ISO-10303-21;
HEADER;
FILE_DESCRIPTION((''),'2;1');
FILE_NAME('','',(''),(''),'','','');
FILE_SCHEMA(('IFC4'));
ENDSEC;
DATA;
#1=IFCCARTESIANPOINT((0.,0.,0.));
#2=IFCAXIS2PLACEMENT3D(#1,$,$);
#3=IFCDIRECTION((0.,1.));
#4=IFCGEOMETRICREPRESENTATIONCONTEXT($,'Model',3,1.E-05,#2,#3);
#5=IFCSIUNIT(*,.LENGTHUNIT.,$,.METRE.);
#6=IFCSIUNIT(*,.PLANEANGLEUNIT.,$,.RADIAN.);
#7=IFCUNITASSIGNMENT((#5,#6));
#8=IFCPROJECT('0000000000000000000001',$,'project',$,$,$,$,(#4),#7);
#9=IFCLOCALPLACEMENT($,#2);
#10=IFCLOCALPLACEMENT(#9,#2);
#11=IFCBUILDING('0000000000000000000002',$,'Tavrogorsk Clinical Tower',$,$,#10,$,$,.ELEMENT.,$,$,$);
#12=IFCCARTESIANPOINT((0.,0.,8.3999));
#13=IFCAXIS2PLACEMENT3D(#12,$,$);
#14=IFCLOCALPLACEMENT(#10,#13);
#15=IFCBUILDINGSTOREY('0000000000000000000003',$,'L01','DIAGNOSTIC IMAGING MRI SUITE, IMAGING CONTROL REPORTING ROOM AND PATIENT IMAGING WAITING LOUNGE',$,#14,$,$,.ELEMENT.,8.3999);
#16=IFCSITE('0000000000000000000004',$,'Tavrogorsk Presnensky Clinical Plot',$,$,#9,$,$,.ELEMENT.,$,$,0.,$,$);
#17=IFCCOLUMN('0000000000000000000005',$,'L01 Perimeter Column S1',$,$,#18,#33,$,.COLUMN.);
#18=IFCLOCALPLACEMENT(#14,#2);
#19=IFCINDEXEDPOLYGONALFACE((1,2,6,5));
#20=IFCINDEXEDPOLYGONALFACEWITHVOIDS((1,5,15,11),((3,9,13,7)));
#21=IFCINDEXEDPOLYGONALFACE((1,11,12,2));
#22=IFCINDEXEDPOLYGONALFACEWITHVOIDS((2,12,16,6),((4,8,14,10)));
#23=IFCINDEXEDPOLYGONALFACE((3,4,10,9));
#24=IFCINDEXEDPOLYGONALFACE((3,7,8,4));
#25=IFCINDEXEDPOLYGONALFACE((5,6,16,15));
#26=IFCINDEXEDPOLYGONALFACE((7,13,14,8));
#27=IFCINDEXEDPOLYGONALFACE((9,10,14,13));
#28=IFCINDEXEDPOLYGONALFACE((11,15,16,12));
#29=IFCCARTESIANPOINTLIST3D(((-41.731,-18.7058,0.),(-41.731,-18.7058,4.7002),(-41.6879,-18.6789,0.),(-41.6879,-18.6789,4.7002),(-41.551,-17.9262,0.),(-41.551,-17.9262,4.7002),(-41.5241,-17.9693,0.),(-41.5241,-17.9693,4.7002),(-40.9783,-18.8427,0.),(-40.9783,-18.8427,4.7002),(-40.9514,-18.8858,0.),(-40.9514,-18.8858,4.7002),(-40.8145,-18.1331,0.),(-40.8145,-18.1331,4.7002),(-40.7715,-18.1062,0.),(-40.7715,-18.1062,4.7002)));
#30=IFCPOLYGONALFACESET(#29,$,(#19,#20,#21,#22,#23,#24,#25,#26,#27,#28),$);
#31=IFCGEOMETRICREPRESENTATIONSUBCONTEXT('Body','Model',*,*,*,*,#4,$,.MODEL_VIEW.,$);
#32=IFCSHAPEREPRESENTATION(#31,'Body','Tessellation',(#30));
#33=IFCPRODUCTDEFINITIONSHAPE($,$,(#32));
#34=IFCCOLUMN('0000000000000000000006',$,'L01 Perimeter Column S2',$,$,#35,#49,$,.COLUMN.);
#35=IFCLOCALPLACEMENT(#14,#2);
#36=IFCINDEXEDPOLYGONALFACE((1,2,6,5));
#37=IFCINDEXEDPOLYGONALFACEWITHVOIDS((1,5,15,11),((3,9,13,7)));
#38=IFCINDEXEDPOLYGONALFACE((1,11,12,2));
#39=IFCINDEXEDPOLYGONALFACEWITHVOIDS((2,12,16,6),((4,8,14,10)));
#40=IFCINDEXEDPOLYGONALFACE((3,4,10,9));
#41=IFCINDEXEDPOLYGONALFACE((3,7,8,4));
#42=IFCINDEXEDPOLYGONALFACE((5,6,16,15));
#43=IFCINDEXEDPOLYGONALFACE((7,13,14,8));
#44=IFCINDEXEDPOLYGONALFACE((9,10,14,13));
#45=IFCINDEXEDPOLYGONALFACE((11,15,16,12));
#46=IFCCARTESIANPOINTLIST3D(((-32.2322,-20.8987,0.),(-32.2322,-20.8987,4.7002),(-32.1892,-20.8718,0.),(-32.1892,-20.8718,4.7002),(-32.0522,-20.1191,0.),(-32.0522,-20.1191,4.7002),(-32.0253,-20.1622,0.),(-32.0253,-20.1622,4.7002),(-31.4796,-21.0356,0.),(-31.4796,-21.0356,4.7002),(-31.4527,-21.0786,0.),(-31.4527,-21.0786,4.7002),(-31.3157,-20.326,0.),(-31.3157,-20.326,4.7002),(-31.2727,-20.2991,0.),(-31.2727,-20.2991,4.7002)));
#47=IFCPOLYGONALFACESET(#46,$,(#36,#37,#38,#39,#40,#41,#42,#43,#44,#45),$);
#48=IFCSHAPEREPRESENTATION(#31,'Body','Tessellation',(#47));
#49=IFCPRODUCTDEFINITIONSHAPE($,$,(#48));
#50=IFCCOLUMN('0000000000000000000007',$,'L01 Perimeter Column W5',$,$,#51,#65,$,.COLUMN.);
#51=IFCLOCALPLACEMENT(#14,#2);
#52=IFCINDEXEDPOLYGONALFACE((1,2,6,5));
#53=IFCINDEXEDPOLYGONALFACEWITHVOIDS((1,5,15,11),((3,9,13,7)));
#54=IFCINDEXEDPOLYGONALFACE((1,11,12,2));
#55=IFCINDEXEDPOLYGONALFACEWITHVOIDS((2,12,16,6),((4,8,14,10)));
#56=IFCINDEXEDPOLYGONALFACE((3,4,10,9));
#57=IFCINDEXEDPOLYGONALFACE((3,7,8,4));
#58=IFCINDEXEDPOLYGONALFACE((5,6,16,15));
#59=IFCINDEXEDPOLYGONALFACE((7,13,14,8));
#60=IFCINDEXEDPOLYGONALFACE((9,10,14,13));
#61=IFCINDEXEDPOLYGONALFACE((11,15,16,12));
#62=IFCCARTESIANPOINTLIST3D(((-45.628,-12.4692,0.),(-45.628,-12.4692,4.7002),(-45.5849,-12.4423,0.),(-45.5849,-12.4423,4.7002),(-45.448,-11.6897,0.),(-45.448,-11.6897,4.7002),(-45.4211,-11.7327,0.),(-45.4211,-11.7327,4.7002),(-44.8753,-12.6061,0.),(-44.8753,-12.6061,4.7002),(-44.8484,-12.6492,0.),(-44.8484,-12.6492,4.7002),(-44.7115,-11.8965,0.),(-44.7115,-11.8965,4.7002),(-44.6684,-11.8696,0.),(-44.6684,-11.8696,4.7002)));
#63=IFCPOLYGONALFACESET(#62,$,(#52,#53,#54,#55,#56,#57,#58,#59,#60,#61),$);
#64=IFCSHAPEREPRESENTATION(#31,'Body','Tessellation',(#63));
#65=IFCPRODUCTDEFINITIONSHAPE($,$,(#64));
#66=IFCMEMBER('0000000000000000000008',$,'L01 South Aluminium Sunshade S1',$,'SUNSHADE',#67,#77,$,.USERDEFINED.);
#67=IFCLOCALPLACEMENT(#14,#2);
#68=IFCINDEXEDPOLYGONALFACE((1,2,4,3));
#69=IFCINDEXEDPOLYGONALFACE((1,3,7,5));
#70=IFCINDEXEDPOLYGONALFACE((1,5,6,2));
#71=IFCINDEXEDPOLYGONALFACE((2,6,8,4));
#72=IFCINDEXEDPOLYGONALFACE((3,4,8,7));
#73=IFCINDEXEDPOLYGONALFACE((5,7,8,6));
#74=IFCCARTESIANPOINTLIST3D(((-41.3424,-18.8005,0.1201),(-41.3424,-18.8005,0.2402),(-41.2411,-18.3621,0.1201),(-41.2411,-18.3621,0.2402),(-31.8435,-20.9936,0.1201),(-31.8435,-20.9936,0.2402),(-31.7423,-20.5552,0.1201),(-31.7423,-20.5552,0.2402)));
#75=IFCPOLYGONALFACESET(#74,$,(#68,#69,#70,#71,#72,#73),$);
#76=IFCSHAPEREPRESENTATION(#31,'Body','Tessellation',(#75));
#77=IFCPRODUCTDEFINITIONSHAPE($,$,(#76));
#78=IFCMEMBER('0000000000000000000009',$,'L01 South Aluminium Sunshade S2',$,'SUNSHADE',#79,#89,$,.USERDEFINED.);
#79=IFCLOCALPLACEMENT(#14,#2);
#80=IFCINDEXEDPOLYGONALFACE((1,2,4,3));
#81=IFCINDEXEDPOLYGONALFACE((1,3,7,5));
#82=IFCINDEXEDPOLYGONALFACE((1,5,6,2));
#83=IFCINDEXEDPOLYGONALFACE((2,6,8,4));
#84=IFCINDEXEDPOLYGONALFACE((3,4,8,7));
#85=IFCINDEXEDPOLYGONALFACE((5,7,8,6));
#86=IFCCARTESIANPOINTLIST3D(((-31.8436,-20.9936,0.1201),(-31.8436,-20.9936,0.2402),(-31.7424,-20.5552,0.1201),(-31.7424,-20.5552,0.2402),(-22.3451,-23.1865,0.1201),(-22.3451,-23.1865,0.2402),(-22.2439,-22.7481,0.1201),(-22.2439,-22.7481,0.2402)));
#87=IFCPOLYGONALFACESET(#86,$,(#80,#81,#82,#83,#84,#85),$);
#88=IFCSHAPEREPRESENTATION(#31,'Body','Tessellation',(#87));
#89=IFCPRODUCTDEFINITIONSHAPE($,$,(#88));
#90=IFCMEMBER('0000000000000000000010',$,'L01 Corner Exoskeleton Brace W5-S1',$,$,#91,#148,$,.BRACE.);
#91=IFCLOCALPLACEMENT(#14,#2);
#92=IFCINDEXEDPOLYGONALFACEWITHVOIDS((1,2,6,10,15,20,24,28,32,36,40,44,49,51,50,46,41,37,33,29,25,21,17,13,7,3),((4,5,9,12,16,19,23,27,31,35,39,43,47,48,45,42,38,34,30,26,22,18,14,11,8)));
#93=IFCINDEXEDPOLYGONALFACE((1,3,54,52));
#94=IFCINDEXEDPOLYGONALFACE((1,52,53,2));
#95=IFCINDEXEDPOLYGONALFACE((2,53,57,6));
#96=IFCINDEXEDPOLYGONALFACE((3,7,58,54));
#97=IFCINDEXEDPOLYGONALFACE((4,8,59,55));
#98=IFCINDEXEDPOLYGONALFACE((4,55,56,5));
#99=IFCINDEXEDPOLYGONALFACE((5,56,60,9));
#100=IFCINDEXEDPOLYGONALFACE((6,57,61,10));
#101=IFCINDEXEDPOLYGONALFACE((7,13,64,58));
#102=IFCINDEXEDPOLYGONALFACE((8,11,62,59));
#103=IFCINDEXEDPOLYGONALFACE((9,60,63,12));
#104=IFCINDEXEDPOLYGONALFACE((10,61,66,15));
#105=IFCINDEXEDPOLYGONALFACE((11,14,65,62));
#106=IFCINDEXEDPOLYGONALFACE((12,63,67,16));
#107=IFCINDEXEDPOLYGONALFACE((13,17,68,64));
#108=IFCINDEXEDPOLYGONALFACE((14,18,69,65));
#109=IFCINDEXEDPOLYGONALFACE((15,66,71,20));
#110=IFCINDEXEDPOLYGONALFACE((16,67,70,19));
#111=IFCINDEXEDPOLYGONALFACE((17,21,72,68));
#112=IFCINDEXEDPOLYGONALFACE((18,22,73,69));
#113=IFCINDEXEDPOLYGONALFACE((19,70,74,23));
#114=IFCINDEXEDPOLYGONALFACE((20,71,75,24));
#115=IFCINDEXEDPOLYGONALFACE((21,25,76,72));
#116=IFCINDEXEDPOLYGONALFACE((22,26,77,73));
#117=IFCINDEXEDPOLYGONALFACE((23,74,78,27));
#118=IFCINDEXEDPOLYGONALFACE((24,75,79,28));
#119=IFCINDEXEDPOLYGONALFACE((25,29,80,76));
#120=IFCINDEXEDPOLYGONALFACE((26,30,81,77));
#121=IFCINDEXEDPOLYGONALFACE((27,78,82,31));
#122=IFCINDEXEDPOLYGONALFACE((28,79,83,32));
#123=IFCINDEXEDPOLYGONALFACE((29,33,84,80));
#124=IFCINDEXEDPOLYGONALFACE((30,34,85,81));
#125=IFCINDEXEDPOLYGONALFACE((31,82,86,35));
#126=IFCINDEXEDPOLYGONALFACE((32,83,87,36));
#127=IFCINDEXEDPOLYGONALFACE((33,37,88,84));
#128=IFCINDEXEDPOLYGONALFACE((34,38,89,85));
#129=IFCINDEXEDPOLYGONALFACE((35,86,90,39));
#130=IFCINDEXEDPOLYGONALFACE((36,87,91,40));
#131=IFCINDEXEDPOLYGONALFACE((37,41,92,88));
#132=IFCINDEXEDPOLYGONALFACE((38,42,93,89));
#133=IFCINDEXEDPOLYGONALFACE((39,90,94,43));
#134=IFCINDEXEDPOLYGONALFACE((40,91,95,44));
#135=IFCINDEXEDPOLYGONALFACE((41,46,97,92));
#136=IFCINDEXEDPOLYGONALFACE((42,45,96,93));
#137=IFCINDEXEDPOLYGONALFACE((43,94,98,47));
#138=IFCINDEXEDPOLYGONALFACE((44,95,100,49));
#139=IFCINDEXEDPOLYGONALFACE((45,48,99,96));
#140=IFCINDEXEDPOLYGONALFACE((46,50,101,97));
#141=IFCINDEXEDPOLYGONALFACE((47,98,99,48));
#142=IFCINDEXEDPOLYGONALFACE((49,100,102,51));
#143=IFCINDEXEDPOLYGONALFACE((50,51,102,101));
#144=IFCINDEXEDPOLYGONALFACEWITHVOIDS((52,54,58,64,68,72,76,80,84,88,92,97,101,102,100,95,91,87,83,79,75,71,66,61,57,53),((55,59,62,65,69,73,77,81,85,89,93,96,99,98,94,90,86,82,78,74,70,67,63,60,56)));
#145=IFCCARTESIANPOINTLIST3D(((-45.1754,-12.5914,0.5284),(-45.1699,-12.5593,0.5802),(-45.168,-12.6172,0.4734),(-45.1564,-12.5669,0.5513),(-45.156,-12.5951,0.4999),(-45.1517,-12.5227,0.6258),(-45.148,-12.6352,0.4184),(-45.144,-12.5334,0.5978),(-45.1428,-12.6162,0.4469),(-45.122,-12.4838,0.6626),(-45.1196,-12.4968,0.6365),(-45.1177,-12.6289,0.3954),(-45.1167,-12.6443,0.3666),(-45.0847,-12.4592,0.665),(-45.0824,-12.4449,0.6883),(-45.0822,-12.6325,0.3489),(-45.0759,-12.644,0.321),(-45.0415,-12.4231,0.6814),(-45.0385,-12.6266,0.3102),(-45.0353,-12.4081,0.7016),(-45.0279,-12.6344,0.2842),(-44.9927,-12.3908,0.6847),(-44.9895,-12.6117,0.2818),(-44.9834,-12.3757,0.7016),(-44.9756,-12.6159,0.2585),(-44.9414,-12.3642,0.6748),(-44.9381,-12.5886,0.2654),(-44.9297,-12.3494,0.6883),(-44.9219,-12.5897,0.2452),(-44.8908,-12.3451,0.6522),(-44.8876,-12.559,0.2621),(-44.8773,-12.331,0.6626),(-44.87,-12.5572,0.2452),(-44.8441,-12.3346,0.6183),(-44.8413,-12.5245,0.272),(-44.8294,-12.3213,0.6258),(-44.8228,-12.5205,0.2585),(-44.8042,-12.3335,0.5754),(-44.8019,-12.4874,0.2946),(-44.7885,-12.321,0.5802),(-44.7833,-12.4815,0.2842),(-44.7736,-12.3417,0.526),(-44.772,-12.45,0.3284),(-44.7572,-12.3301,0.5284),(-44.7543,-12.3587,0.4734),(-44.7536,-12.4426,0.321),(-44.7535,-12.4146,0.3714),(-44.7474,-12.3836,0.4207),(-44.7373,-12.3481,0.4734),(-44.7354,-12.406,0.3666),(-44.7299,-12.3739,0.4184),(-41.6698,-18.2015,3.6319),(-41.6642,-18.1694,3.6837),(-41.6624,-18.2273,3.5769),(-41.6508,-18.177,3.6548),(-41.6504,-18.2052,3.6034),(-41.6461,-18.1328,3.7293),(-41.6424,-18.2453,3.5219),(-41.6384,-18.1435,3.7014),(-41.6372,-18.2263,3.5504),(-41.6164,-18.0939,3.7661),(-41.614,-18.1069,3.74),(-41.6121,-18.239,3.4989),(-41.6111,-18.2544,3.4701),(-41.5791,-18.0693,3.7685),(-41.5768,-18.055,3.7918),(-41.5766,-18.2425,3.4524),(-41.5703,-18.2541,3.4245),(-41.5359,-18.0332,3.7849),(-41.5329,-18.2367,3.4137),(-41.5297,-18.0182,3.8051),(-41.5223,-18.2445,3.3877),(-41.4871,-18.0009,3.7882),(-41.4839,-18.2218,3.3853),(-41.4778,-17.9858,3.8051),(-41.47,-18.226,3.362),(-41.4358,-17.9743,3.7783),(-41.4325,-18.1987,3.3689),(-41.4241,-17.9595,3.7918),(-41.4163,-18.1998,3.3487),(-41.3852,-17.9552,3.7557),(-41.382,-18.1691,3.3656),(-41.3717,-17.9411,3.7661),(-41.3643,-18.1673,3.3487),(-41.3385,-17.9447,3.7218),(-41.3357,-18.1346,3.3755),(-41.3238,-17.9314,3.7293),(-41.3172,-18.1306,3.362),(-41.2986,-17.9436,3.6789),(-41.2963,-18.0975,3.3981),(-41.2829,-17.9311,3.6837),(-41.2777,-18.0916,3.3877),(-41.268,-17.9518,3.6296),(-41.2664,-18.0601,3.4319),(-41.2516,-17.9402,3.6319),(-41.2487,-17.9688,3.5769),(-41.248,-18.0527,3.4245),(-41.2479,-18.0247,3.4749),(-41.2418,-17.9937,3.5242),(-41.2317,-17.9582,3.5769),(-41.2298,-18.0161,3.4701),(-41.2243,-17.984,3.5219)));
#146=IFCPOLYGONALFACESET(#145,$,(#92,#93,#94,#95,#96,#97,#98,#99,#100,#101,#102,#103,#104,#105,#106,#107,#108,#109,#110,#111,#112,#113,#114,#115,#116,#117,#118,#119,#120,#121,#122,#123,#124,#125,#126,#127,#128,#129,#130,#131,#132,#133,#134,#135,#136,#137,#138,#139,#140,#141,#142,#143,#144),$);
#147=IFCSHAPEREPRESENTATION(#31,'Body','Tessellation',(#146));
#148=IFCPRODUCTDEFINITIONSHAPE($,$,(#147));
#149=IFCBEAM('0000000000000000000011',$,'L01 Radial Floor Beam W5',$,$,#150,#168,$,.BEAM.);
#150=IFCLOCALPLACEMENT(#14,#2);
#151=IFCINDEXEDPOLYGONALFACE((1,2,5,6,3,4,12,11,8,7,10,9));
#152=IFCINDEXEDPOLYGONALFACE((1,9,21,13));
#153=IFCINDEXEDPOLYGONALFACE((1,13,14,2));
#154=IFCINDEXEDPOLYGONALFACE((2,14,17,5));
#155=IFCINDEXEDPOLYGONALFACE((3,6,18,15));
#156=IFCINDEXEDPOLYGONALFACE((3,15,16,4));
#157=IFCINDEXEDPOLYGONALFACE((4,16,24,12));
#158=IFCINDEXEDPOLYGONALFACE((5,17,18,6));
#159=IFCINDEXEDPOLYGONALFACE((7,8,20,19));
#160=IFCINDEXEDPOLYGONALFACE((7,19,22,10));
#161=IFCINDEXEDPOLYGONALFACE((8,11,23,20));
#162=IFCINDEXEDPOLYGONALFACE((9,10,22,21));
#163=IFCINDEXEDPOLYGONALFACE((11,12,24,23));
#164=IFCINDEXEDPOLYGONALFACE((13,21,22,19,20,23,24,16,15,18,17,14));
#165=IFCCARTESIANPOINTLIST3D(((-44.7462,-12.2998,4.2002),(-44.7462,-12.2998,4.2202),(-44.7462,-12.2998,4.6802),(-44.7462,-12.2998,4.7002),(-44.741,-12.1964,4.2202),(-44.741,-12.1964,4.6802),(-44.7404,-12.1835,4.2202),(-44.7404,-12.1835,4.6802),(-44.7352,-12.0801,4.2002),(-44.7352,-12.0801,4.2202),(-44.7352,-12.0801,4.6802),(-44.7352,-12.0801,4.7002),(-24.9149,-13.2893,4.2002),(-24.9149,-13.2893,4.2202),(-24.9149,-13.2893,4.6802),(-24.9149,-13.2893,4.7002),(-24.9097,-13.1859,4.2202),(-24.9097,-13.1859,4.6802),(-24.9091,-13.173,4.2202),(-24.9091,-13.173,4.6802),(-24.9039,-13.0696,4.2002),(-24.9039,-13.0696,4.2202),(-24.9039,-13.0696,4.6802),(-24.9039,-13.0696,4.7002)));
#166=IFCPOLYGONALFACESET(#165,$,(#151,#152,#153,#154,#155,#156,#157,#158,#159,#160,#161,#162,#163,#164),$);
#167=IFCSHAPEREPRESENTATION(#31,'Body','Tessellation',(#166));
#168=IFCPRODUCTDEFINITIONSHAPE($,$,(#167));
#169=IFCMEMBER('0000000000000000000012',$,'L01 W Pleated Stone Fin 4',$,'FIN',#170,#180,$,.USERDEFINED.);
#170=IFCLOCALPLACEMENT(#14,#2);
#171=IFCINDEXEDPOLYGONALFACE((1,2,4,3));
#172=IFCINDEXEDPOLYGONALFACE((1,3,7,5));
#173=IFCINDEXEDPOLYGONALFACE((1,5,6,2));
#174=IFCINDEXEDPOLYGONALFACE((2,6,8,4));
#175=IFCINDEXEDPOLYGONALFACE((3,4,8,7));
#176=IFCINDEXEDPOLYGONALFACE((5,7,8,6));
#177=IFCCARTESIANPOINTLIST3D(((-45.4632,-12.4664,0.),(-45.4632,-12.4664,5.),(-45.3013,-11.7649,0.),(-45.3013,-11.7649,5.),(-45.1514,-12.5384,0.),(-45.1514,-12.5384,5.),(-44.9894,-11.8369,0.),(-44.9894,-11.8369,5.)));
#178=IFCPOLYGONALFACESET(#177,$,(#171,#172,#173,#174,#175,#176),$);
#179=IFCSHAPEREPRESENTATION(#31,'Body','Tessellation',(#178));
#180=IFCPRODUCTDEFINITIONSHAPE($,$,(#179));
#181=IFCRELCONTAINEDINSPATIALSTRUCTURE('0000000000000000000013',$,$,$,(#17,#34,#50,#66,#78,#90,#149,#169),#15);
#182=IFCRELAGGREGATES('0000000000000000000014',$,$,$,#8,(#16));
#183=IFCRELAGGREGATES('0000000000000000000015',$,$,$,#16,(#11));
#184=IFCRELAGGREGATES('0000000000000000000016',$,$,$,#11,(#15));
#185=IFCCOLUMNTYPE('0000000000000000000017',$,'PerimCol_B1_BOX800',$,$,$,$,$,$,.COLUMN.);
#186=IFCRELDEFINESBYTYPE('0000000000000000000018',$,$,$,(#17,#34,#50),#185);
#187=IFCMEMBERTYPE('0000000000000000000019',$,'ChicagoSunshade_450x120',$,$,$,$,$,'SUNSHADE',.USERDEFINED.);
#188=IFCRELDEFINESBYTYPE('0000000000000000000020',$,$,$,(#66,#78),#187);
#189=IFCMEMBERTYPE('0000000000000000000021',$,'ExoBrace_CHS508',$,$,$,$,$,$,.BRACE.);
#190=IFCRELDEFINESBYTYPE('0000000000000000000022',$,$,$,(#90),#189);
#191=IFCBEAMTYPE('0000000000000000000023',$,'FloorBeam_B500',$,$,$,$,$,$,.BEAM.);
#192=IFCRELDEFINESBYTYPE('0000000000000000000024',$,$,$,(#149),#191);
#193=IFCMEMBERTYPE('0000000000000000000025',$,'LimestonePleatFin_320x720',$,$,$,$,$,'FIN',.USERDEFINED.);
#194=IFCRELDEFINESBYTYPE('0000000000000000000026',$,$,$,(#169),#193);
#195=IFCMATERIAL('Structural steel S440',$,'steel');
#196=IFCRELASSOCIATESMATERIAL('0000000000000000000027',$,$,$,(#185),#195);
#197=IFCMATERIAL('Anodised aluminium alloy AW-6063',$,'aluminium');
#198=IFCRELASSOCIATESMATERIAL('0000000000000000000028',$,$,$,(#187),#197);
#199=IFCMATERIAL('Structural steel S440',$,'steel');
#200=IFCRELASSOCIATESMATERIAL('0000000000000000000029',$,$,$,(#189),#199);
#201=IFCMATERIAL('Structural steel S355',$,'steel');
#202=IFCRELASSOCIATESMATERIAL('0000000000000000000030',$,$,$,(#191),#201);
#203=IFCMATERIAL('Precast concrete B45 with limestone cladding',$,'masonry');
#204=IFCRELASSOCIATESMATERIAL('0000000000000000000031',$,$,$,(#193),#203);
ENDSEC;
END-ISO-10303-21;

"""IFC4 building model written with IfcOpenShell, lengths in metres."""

from ifc_helpers import new_model, si_unit, direction, frame, origin, origin_2d, place, context, subcontext, project, spatial, rectangle, hollow_rectangle, hollow_circle, i_section, extrude, material, material_profile, profile_set, type_object, element, save


model = new_model("IFC4")

# Units and contexts
model_context = context("Model", 3, precision=1e-05, world=origin(), true_north=direction((0.0, 1.0)))
body_context = subcontext(model_context, "Body", "Model", "MODEL_VIEW")
ifc_project = project(units=[si_unit("LENGTHUNIT", "METRE"), si_unit("PLANEANGLEUNIT", "RADIAN")], contexts=[model_context])

# Site, building, storey
site_placement = place(None, origin())
site = spatial("IfcSite", under=ifc_project, at=site_placement, Name="Tavrogorsk Presnensky Clinical Plot", CompositionType="ELEMENT", RefElevation=0.0)
building_placement = place(site_placement, origin())
building = spatial("IfcBuilding", under=site, at=building_placement, Name="Tavrogorsk Clinical Tower", CompositionType="ELEMENT")
storey_placement = place(building_placement, frame((0.0, 0.0, 8.3999)))
storey = spatial("IfcBuildingStorey", under=building, at=storey_placement, Name="L01", Description="DIAGNOSTIC IMAGING MRI SUITE, IMAGING CONTROL REPORTING ROOM AND PATIENT IMAGING WAITING LOUNGE", CompositionType="ELEMENT", Elevation=8.3999)

# Columns
ifc_material_1 = material(Name="Structural steel S440", Category="steel")
ifc_material_profile_1 = material_profile(ifc_material_1, hollow_rectangle(XDim=0.8, YDim=0.8, WallThickness=0.0359, at=origin_2d()), Name="BOX-800x800x36")
ifc_profile_set_1 = profile_set([ifc_material_profile_1], Name="Structural steel S440")
column_type = type_object("IfcColumnType", Name="PerimCol_B1_BOX800", PredefinedType="COLUMN", material=ifc_profile_set_1)
for number, where, z_axis, x_axis, name in (
    (1, (-41.2512, -18.406, 0.0), (0.0, 0.0, 1.0), (0.97437, -0.224951, 0.0), "L01 Perimeter Column S1"),
    (2, (-31.7524, -20.5989, 0.0), (0.0, 0.0, 1.0), (0.97437, -0.224951, 0.0), "L01 Perimeter Column S2"),
    (3, (-45.1482, -12.1694, 0.0), (0.0, 0.0, 1.0), (0.97437, -0.224951, 0.0), "L01 Perimeter Column W5"),
):
    element("IfcColumn", number, at=place(storey_placement, frame(where, z_axis=z_axis, x_axis=x_axis)), inside=storey, type_object=column_type, Name=name, PredefinedType="COLUMN", context=body_context, shape_type="SweptSolid", body=[
        extrude(hollow_rectangle(XDim=0.8, YDim=0.8, WallThickness=0.0359, at=origin_2d()), origin(), (0.0, 0.0, 1.0), 4.7002),
    ])

# Members
ifc_material_2 = material(Name="Anodised aluminium alloy AW-6063", Category="aluminium")
ifc_material_profile_2 = material_profile(ifc_material_2, rectangle(XDim=0.45, YDim=0.1201, at=origin_2d()), Name="ALU-SUNSHADE-450x120")
ifc_profile_set_2 = profile_set([ifc_material_profile_2], Name="Anodised aluminium alloy AW-6063")
member_type_1 = type_object("IfcMemberType", Name="ChicagoSunshade_450x120", ElementType="SUNSHADE", PredefinedType="USERDEFINED", material=ifc_profile_set_2)
member_1_placement = place(storey_placement, frame((-41.2917, -18.5813, 0.1802), z_axis=(0.974367, -0.224966, 0.0), x_axis=(0.224966, 0.974367, 0.0)))
element("IfcMember", 4, at=member_1_placement, inside=storey, type_object=member_type_1, Name="L01 South Aluminium Sunshade S1", ObjectType="SUNSHADE", PredefinedType="USERDEFINED", context=body_context, shape_type="SweptSolid", body=[
    extrude(rectangle(XDim=0.45, YDim=0.1201, at=origin_2d()), origin(), (0.0, 0.0, 1.0), 9.7488),
])
member_2_placement = place(storey_placement, frame((-31.793, -20.7744, 0.1802), z_axis=(0.974371, -0.224947, 0.0), x_axis=(0.224947, 0.974371, 0.0)))
element("IfcMember", 5, at=member_2_placement, inside=storey, type_object=member_type_1, Name="L01 South Aluminium Sunshade S2", ObjectType="SUNSHADE", PredefinedType="USERDEFINED", context=body_context, shape_type="SweptSolid", body=[
    extrude(rectangle(XDim=0.45, YDim=0.1201, at=origin_2d()), origin(), (0.0, 0.0, 1.0), 9.7483),
])
ifc_material_3 = material(Name="Structural steel S440", Category="steel")
ifc_material_profile_3 = material_profile(ifc_material_3, hollow_circle(Radius=0.2539, WallThickness=0.02, at=origin_2d()), Name="CHS-508x20")
ifc_profile_set_3 = profile_set([ifc_material_profile_3], Name="Structural steel S440")
member_type_2 = type_object("IfcMemberType", Name="ExoBrace_CHS508", PredefinedType="BRACE", material=ifc_profile_set_3)
member_3_placement = place(storey_placement, frame((-44.9526, -12.4827, 0.4734), z_axis=(0.479751, -0.767756, 0.424723), x_axis=(0.848046, 0.529923, 0.0)))
element("IfcMember", 6, at=member_3_placement, inside=storey, type_object=member_type_2, Name="L01 Corner Exoskeleton Brace W5-S1", PredefinedType="BRACE", context=body_context, shape_type="SweptSolid", body=[
    extrude(hollow_circle(Radius=0.2539, WallThickness=0.02, at=origin_2d()), origin(), (0.0, 0.0, 1.0), 7.3071),
])

# Beam
ifc_material_4 = material(Name="Structural steel S355", Category="steel")
ifc_material_profile_4 = material_profile(ifc_material_4, i_section(OverallWidth=0.22, OverallDepth=0.5, WebThickness=0.0129, FlangeThickness=0.02, at=origin_2d()), Name="B-500x220x13x20")
ifc_profile_set_4 = profile_set([ifc_material_profile_4], Name="Structural steel S355")
beam_type_1 = type_object("IfcBeamType", Name="FloorBeam_B500", PredefinedType="BEAM", material=ifc_profile_set_4)
beam_1_placement = place(storey_placement, frame((-24.9094, -13.1794, 4.4502), z_axis=(-0.998758, 0.049834, 0.0), x_axis=(-0.049834, -0.998758, 0.0)))
element("IfcBeam", 7, at=beam_1_placement, inside=storey, type_object=beam_type_1, Name="L01 Radial Floor Beam W5", PredefinedType="BEAM", context=body_context, shape_type="SweptSolid", body=[
    extrude(i_section(OverallWidth=0.22, OverallDepth=0.5, WebThickness=0.0129, FlangeThickness=0.02, at=origin_2d()), origin(), (0.0, 0.0, 1.0), 19.856),
])

# Member
ifc_material_5 = material(Name="Precast concrete B45 with limestone cladding", Category="masonry")
ifc_material_profile_5 = material_profile(ifc_material_5, rectangle(XDim=0.3201, YDim=0.72, at=origin_2d()), Name="LIMESTONE-FIN-320x720")
ifc_profile_set_5 = profile_set([ifc_material_profile_5], Name="Precast concrete B45 with limestone cladding")
member_type_3 = type_object("IfcMemberType", Name="LimestonePleatFin_320x720", ElementType="FIN", PredefinedType="USERDEFINED", material=ifc_profile_set_5)
member_4_placement = place(storey_placement, frame((-45.2263, -12.1516, 0.0), z_axis=(0.0, 0.0, 1.0), x_axis=(0.97437, -0.224951, 0.0)))
element("IfcMember", 8, at=member_4_placement, inside=storey, type_object=member_type_3, Name="L01 W Pleated Stone Fin 4", ObjectType="FIN", PredefinedType="USERDEFINED", context=body_context, shape_type="SweptSolid", body=[
    extrude(rectangle(XDim=0.3201, YDim=0.72, at=origin_2d()), origin(), (0.0, 0.0, 1.0), 5.0),
])

save(model, "model.ifc")
